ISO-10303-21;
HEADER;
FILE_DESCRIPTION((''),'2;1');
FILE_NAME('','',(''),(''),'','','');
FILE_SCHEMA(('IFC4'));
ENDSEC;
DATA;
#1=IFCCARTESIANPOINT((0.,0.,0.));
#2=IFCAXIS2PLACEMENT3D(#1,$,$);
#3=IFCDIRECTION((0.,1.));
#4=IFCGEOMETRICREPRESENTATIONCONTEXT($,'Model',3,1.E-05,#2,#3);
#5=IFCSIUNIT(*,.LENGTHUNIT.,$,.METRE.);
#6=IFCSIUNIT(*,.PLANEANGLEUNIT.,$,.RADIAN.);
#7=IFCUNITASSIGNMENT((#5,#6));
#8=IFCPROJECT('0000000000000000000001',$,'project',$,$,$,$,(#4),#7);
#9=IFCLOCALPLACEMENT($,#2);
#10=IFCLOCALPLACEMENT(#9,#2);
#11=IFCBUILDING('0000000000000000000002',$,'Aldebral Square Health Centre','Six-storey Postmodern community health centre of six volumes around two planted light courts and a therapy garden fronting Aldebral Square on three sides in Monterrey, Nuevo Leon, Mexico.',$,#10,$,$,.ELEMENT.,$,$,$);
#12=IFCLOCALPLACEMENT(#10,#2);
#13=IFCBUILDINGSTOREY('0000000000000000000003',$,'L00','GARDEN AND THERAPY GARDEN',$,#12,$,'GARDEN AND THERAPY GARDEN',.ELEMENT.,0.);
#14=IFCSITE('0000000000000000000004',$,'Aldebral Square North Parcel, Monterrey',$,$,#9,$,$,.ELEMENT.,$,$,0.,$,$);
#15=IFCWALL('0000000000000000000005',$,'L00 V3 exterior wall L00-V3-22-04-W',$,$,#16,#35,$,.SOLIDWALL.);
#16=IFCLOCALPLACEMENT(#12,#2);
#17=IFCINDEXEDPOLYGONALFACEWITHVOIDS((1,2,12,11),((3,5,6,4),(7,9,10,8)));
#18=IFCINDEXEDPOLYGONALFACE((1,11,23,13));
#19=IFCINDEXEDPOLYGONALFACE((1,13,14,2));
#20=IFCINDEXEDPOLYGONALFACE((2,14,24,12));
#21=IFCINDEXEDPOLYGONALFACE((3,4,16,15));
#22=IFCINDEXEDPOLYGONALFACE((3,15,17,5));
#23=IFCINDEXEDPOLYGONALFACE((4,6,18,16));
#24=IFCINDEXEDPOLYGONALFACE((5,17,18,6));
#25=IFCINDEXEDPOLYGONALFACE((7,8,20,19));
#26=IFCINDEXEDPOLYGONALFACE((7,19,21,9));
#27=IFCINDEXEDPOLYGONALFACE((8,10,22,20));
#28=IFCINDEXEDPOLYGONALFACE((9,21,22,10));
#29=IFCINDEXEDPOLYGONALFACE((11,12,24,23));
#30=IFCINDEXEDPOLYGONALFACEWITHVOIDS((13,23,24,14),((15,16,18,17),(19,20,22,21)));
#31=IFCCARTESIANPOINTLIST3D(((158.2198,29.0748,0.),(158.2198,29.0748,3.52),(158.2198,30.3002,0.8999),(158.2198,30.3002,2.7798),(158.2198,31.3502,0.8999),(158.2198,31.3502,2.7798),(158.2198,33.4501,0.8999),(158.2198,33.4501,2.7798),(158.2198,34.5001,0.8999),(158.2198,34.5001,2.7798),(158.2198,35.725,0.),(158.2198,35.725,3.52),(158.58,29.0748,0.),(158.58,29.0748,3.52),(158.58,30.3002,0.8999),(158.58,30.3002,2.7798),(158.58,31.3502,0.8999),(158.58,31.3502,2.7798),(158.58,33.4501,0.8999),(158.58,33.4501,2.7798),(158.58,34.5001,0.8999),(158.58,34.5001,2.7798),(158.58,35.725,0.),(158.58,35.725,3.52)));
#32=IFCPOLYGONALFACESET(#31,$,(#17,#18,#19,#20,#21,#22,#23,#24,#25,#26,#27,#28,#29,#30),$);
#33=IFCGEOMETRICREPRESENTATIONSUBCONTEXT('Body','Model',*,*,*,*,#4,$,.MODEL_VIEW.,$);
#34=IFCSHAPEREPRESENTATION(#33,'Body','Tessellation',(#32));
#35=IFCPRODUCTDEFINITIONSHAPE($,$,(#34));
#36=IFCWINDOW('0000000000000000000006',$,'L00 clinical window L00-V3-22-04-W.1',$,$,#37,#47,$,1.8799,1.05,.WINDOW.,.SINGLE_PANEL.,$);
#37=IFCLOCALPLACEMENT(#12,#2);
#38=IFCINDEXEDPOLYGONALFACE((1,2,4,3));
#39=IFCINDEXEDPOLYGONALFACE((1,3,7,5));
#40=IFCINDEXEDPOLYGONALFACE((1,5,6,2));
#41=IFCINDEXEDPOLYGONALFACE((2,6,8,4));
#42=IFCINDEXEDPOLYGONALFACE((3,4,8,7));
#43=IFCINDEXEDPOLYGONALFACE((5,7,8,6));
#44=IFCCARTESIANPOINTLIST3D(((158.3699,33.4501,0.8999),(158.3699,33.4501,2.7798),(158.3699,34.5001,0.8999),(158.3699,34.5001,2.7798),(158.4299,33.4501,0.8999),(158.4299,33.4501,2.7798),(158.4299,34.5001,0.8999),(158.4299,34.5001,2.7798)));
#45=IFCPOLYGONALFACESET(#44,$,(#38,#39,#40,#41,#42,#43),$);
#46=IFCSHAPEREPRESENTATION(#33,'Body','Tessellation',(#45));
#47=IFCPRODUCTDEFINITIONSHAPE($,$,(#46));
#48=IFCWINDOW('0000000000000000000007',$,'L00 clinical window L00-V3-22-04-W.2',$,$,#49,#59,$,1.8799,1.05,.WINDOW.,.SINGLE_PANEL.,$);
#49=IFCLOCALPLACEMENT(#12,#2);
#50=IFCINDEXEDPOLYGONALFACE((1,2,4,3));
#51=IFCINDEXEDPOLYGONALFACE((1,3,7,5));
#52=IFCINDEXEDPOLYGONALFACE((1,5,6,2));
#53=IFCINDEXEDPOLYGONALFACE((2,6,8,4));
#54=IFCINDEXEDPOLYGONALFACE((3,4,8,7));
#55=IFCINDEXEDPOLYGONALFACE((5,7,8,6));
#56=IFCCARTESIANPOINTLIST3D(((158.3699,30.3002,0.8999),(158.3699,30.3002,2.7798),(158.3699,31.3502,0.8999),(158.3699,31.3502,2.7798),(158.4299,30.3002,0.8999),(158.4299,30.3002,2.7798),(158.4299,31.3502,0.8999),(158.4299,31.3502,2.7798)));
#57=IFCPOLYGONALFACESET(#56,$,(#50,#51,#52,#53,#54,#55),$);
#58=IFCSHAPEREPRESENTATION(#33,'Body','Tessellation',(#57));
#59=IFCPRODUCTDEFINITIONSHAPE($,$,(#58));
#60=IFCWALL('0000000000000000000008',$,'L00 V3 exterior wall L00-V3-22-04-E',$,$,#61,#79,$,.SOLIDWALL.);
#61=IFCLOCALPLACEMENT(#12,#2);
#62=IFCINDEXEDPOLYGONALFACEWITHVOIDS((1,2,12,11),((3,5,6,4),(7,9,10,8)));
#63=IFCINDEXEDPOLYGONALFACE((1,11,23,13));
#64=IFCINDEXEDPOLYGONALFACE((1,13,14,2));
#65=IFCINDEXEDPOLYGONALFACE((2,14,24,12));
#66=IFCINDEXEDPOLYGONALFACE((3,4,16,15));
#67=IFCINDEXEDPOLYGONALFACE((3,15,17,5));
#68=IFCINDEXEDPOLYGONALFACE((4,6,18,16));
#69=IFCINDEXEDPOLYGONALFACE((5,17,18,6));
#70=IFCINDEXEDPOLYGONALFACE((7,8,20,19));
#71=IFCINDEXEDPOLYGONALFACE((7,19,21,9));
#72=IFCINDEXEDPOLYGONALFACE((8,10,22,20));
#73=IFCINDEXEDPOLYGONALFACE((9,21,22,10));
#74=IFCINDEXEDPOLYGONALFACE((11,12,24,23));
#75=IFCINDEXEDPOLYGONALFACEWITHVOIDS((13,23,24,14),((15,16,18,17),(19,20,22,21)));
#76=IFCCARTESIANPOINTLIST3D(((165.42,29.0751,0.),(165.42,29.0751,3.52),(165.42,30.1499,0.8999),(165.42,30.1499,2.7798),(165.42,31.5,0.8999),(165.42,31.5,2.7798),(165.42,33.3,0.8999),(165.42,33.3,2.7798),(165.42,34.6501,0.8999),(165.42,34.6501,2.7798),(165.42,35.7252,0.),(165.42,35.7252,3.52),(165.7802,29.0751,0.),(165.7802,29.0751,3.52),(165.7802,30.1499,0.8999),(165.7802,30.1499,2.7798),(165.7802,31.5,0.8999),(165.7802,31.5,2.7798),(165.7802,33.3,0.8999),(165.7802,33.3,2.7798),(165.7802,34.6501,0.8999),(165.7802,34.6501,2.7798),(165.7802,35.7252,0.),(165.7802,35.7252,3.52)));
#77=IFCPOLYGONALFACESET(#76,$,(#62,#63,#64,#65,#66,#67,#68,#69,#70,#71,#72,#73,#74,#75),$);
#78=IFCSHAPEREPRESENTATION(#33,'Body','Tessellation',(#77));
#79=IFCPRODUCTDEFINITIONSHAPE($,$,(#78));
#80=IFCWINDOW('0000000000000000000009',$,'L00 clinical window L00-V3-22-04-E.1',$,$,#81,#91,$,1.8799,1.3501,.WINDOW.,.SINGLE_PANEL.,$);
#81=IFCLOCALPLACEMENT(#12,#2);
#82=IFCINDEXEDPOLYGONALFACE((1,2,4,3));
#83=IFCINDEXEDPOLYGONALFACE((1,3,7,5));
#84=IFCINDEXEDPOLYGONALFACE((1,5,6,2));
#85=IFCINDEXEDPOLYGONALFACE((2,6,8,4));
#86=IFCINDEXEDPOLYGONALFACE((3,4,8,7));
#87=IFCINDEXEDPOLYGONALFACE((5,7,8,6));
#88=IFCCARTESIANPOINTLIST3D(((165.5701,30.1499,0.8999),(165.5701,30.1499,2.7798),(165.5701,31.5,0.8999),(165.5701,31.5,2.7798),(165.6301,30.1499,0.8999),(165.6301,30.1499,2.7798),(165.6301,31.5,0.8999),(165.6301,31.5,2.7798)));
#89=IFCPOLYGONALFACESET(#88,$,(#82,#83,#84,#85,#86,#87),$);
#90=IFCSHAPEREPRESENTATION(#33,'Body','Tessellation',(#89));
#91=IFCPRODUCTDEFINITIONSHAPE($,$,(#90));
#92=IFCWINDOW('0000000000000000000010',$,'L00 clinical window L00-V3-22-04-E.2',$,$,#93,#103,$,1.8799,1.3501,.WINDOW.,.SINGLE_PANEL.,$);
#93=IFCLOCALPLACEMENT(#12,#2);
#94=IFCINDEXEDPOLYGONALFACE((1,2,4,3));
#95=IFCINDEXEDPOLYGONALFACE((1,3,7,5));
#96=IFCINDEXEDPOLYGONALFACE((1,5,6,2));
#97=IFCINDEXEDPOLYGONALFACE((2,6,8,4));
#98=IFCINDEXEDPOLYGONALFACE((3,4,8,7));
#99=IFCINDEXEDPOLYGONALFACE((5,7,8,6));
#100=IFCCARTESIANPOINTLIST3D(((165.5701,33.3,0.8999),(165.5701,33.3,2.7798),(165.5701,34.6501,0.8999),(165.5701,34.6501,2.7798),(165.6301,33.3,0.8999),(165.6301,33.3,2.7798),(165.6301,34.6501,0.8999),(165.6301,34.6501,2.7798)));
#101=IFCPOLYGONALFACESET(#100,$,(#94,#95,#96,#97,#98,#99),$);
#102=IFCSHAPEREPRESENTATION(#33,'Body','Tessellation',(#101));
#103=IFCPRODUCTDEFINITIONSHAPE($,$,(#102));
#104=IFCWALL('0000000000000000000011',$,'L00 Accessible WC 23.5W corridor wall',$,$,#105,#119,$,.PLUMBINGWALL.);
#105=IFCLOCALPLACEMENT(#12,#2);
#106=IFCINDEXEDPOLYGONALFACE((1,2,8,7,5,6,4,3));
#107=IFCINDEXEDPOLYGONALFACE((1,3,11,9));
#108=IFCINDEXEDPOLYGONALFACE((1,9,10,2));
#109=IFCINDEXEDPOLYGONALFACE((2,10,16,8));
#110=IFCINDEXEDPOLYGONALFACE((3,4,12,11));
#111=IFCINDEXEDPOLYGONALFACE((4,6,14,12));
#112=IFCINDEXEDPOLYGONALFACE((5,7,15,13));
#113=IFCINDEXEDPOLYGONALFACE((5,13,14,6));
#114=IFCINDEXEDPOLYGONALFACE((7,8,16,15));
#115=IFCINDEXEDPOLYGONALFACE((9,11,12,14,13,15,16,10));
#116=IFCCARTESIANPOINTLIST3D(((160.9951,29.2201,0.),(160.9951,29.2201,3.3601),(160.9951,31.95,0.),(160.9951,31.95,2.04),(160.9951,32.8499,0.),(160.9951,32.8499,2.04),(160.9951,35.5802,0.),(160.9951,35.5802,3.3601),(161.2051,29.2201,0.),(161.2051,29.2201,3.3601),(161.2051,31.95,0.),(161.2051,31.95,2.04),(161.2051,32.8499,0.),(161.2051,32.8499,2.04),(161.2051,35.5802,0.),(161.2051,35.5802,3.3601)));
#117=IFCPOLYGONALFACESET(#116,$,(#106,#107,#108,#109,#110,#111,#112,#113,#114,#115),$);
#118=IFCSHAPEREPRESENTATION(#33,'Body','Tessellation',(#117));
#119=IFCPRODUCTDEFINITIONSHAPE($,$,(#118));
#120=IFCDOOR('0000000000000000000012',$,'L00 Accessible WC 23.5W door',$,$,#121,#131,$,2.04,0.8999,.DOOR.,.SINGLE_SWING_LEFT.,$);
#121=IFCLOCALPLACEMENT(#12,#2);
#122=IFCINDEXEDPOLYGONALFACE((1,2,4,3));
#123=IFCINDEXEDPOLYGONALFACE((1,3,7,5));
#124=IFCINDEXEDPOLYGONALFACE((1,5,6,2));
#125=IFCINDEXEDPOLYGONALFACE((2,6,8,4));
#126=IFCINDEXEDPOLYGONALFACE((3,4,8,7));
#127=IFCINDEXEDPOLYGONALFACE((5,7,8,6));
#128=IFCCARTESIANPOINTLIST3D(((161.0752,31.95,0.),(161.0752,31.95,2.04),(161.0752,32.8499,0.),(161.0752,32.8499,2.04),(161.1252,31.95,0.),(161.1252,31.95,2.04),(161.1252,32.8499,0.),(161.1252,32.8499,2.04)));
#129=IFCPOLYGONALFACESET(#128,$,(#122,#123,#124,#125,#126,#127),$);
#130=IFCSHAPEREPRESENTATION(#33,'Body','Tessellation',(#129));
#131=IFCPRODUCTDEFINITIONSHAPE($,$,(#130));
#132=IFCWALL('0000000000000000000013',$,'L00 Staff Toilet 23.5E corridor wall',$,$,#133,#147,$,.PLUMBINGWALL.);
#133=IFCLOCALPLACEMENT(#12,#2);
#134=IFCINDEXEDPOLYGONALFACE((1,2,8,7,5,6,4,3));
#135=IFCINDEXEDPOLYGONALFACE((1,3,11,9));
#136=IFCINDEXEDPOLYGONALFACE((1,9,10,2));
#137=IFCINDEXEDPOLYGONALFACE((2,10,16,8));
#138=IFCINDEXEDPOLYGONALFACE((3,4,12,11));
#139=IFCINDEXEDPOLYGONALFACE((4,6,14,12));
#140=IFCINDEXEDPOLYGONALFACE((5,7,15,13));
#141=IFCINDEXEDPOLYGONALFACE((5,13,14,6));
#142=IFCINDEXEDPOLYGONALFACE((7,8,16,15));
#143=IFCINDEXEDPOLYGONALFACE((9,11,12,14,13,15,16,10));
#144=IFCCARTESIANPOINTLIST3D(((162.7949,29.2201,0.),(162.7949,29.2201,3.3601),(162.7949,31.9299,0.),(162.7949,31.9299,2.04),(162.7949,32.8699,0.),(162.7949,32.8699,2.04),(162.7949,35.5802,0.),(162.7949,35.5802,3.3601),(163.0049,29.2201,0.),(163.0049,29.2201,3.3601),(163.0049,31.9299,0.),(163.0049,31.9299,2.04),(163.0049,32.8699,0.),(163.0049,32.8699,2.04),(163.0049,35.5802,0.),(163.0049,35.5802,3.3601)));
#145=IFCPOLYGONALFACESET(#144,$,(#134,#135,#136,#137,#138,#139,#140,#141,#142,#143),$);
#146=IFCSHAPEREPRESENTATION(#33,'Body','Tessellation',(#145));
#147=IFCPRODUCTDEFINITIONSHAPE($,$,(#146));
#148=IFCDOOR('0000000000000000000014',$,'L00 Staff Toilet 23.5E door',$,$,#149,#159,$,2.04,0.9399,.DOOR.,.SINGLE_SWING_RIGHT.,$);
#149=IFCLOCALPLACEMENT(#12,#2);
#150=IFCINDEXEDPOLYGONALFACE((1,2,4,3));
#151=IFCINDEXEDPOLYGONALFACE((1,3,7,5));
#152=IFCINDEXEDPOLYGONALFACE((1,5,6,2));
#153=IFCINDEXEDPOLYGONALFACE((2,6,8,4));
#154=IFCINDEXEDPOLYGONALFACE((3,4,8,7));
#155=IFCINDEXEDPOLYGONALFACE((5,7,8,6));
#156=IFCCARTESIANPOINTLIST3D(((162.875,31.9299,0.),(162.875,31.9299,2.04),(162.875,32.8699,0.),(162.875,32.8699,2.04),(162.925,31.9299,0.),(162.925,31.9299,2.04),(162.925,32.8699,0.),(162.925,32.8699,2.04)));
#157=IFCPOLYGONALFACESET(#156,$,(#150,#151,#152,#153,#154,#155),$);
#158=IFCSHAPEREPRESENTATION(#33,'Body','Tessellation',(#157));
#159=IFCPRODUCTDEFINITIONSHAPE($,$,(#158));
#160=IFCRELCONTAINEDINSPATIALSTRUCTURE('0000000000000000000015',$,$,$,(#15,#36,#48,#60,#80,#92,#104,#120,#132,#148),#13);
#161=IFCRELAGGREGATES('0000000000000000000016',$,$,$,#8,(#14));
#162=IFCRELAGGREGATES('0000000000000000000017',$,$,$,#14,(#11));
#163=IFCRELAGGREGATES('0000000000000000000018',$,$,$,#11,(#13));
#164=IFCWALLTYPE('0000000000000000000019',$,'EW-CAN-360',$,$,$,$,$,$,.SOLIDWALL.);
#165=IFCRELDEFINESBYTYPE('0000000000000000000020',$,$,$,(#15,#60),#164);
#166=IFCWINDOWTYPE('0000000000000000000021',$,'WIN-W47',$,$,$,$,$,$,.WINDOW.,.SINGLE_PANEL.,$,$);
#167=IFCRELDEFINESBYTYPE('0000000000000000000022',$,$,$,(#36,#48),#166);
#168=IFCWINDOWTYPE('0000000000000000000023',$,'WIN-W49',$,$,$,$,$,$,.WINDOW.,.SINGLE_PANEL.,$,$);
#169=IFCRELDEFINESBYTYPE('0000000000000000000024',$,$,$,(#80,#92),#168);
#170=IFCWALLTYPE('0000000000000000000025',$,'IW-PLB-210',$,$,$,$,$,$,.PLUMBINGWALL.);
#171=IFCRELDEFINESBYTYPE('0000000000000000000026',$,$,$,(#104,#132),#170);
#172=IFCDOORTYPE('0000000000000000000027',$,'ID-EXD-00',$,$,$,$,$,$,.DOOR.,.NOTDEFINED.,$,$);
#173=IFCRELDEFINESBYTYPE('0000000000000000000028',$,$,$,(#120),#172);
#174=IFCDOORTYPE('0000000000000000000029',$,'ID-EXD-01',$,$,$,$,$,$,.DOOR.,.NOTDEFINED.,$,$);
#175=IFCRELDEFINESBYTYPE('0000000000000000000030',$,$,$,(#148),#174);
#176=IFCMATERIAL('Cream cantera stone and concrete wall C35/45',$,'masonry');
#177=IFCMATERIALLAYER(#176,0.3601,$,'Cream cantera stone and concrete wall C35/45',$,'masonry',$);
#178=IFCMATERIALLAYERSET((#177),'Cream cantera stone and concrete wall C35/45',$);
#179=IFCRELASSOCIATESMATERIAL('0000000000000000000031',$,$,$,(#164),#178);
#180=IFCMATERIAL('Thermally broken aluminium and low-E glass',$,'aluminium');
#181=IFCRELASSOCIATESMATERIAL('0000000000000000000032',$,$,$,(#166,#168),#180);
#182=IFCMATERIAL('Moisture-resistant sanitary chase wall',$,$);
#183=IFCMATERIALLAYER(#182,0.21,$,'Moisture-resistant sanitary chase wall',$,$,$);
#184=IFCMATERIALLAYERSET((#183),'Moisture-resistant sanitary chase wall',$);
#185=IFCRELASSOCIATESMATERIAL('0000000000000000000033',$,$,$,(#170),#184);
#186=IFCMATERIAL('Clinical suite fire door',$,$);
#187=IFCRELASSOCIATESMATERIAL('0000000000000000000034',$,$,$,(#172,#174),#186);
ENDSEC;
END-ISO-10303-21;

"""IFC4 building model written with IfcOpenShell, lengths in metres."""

from ifc_helpers import new_model, si_unit, direction, frame, frame_2d, origin, place, context, subcontext, project, spatial, rectangle, extrude, material, layer, layer_set, type_object, element, fill, save


model = new_model("IFC4")

# Units and contexts
model_context = context("Model", 3, precision=1e-05, world=origin(), true_north=direction((0.0, 1.0)))
body_context = subcontext(model_context, "Body", "Model", "MODEL_VIEW")
ifc_project = project(units=[si_unit("LENGTHUNIT", "METRE"), si_unit("PLANEANGLEUNIT", "RADIAN")], contexts=[model_context])

# Site, building, storey
site_placement = place(None, origin())
site = spatial("IfcSite", under=ifc_project, at=site_placement, Name="Aldebral Square North Parcel, Monterrey", CompositionType="ELEMENT", RefElevation=0.0)
building_placement = place(site_placement, origin())
building = spatial("IfcBuilding", under=site, at=building_placement, Name="Aldebral Square Health Centre", Description="Six-storey Postmodern community health centre of six volumes around two planted light courts and a therapy garden fronting Aldebral Square on three sides in Monterrey, Nuevo Leon, Mexico.", CompositionType="ELEMENT")
storey_placement = place(building_placement, origin())
storey = spatial("IfcBuildingStorey", under=building, at=storey_placement, Name="L00", Description="GARDEN AND THERAPY GARDEN", LongName="GARDEN AND THERAPY GARDEN", CompositionType="ELEMENT", Elevation=0.0)

# Walls, openings, windows
ifc_material_1 = material(Name="Cream cantera stone and concrete wall C35/45", Category="masonry")
ifc_layer_1 = layer(ifc_material_1, 0.3601, Name="Cream cantera stone and concrete wall C35/45", Category="masonry")
ifc_layer_set_1 = layer_set([ifc_layer_1], Name="Cream cantera stone and concrete wall C35/45")
wall_type_1 = type_object("IfcWallType", Name="EW-CAN-360", PredefinedType="SOLIDWALL", material=ifc_layer_set_1)
wall_1_placement = place(storey_placement, frame((158.3999, 35.7251, 0.0), z_axis=(0.0, 0.0, 1.0), x_axis=(0.0, -1.0, 0.0)))
wall_1 = element("IfcWall", 1, at=wall_1_placement, inside=storey, type_object=wall_type_1, Name="L00 V3 exterior wall L00-V3-22-04-W", PredefinedType="SOLIDWALL", context=body_context, shape_type="SweptSolid", body=[
    extrude(rectangle(XDim=6.6501, YDim=0.3601, at=frame_2d((3.3252, 0.0))), origin(), (0.0, 0.0, 1.0), 3.52),
])
opening_1_placement = place(wall_1_placement, frame((1.2251, 0.0, 0.8999)))
opening_1 = element("IfcOpeningElement", 2, at=opening_1_placement, cuts=wall_1, PredefinedType="OPENING", context=body_context, shape_type="SweptSolid", body=[
    extrude(rectangle(XDim=1.05, YDim=1.8799, at=frame_2d((0.5249, 0.9399))), frame((0.0, 0.1899, 0.0), z_axis=(0.0, -1.0, 0.0), x_axis=(1.0, 0.0, 0.0)), (0.0, 0.0, 1.0), 0.3801),
])
opening_2_placement = place(wall_1_placement, frame((4.375, 0.0, 0.8999)))
opening_2 = element("IfcOpeningElement", 3, at=opening_2_placement, cuts=wall_1, PredefinedType="OPENING", context=body_context, shape_type="SweptSolid", body=[
    extrude(rectangle(XDim=1.05, YDim=1.8799, at=frame_2d((0.5249, 0.9399))), frame((0.0, 0.1899, 0.0), z_axis=(0.0, -1.0, 0.0), x_axis=(1.0, 0.0, 0.0)), (0.0, 0.0, 1.0), 0.3801),
])
ifc_material_2 = material(Name="Thermally broken aluminium and low-E glass", Category="aluminium")
window_type_1 = type_object("IfcWindowType", Name="WIN-W47", PartitioningType="SINGLE_PANEL", PredefinedType="WINDOW", material=ifc_material_2)
window_1_placement = place(opening_1_placement, origin())
window_1 = element("IfcWindow", 4, at=window_1_placement, inside=storey, type_object=window_type_1, Name="L00 clinical window L00-V3-22-04-W.1", OverallHeight=1.8799, OverallWidth=1.05, PartitioningType="SINGLE_PANEL", PredefinedType="WINDOW", context=body_context, shape_type="SweptSolid", body=[
    extrude(rectangle(XDim=1.05, YDim=1.8799, at=frame_2d((0.5249, 0.9399))), frame((0.0, 0.03, 0.0), z_axis=(0.0, -1.0, 0.0), x_axis=(1.0, 0.0, 0.0)), (0.0, 0.0, 1.0), 0.0601),
])
fill(opening_1, window_1)
window_2_placement = place(opening_2_placement, origin())
window_2 = element("IfcWindow", 5, at=window_2_placement, inside=storey, type_object=window_type_1, Name="L00 clinical window L00-V3-22-04-W.2", OverallHeight=1.8799, OverallWidth=1.05, PartitioningType="SINGLE_PANEL", PredefinedType="WINDOW", context=body_context, shape_type="SweptSolid", body=[
    extrude(rectangle(XDim=1.05, YDim=1.8799, at=frame_2d((0.5249, 0.9399))), frame((0.0, 0.03, 0.0), z_axis=(0.0, -1.0, 0.0), x_axis=(1.0, 0.0, 0.0)), (0.0, 0.0, 1.0), 0.0601),
])
fill(opening_2, window_2)
wall_2_placement = place(storey_placement, frame((165.6001, 29.075, 0.0), z_axis=(0.0, 0.0, 1.0), x_axis=(0.0, 1.0, 0.0)))
wall_2 = element("IfcWall", 6, at=wall_2_placement, inside=storey, type_object=wall_type_1, Name="L00 V3 exterior wall L00-V3-22-04-E", PredefinedType="SOLIDWALL", context=body_context, shape_type="SweptSolid", body=[
    extrude(rectangle(XDim=6.6501, YDim=0.3601, at=frame_2d((3.3252, 0.0))), origin(), (0.0, 0.0, 1.0), 3.52),
])
opening_3_placement = place(wall_2_placement, frame((1.075, 0.0, 0.8999)))
opening_3 = element("IfcOpeningElement", 7, at=opening_3_placement, cuts=wall_2, PredefinedType="OPENING", context=body_context, shape_type="SweptSolid", body=[
    extrude(rectangle(XDim=1.3501, YDim=1.8799, at=frame_2d((0.675, 0.9399))), frame((0.0, 0.1899, 0.0), z_axis=(0.0, -1.0, 0.0), x_axis=(1.0, 0.0, 0.0)), (0.0, 0.0, 1.0), 0.3801),
])
opening_4_placement = place(wall_2_placement, frame((4.2251, 0.0, 0.8999)))
opening_4 = element("IfcOpeningElement", 8, at=opening_4_placement, cuts=wall_2, PredefinedType="OPENING", context=body_context, shape_type="SweptSolid", body=[
    extrude(rectangle(XDim=1.3501, YDim=1.8799, at=frame_2d((0.675, 0.9399))), frame((0.0, 0.1899, 0.0), z_axis=(0.0, -1.0, 0.0), x_axis=(1.0, 0.0, 0.0)), (0.0, 0.0, 1.0), 0.3801),
])
window_type_2 = type_object("IfcWindowType", Name="WIN-W49", PartitioningType="SINGLE_PANEL", PredefinedType="WINDOW", material=ifc_material_2)
window_3_placement = place(opening_3_placement, origin())
window_3 = element("IfcWindow", 9, at=window_3_placement, inside=storey, type_object=window_type_2, Name="L00 clinical window L00-V3-22-04-E.1", OverallHeight=1.8799, OverallWidth=1.3501, PartitioningType="SINGLE_PANEL", PredefinedType="WINDOW", context=body_context, shape_type="SweptSolid", body=[
    extrude(rectangle(XDim=1.3501, YDim=1.8799, at=frame_2d((0.675, 0.9399))), frame((0.0, 0.03, 0.0), z_axis=(0.0, -1.0, 0.0), x_axis=(1.0, 0.0, 0.0)), (0.0, 0.0, 1.0), 0.0601),
])
fill(opening_3, window_3)
window_4_placement = place(opening_4_placement, origin())
window_4 = element("IfcWindow", 10, at=window_4_placement, inside=storey, type_object=window_type_2, Name="L00 clinical window L00-V3-22-04-E.2", OverallHeight=1.8799, OverallWidth=1.3501, PartitioningType="SINGLE_PANEL", PredefinedType="WINDOW", context=body_context, shape_type="SweptSolid", body=[
    extrude(rectangle(XDim=1.3501, YDim=1.8799, at=frame_2d((0.675, 0.9399))), frame((0.0, 0.03, 0.0), z_axis=(0.0, -1.0, 0.0), x_axis=(1.0, 0.0, 0.0)), (0.0, 0.0, 1.0), 0.0601),
])
fill(opening_4, window_4)

# Walls, openings, doors
ifc_material_3 = material(Name="Moisture-resistant sanitary chase wall")
ifc_layer_2 = layer(ifc_material_3, 0.21, Name="Moisture-resistant sanitary chase wall")
ifc_layer_set_2 = layer_set([ifc_layer_2], Name="Moisture-resistant sanitary chase wall")
wall_type_2 = type_object("IfcWallType", Name="IW-PLB-210", PredefinedType="PLUMBINGWALL", material=ifc_layer_set_2)
wall_3_placement = place(storey_placement, frame((161.1001, 29.22, 0.0), z_axis=(0.0, 0.0, 1.0), x_axis=(0.0, 1.0, 0.0)))
wall_3 = element("IfcWall", 11, at=wall_3_placement, inside=storey, type_object=wall_type_2, Name="L00 Accessible WC 23.5W corridor wall", PredefinedType="PLUMBINGWALL", context=body_context, shape_type="SweptSolid", body=[
    extrude(rectangle(XDim=6.3601, YDim=0.21, at=frame_2d((3.1802, 0.0))), origin(), (0.0, 0.0, 1.0), 3.3601),
])
opening_5_placement = place(wall_3_placement, frame((2.73, 0.0, 0.0)))
opening_5 = element("IfcOpeningElement", 12, at=opening_5_placement, cuts=wall_3, PredefinedType="OPENING", context=body_context, shape_type="SweptSolid", body=[
    extrude(rectangle(XDim=0.8999, YDim=2.04, at=frame_2d((0.45, 1.02))), frame((0.0, 0.115, 0.0), z_axis=(0.0, -1.0, 0.0), x_axis=(1.0, 0.0, 0.0)), (0.0, 0.0, 1.0), 0.23),
])
ifc_material_4 = material(Name="Clinical suite fire door")
door_type_1 = type_object("IfcDoorType", Name="ID-EXD-00", OperationType="NOTDEFINED", PredefinedType="DOOR", material=ifc_material_4)
door_1_placement = place(opening_5_placement, origin())
door_1 = element("IfcDoor", 13, at=door_1_placement, inside=storey, type_object=door_type_1, Name="L00 Accessible WC 23.5W door", OperationType="SINGLE_SWING_LEFT", OverallHeight=2.04, OverallWidth=0.8999, PredefinedType="DOOR", context=body_context, shape_type="SweptSolid", body=[
    extrude(rectangle(XDim=0.8999, YDim=2.04, at=frame_2d((0.45, 1.02))), frame((0.0, 0.0249, 0.0), z_axis=(0.0, -1.0, 0.0), x_axis=(1.0, 0.0, 0.0)), (0.0, 0.0, 1.0), 0.05),
])
fill(opening_5, door_1)
wall_4_placement = place(storey_placement, frame((162.8999, 29.22, 0.0), z_axis=(0.0, 0.0, 1.0), x_axis=(0.0, 1.0, 0.0)))
wall_4 = element("IfcWall", 14, at=wall_4_placement, inside=storey, type_object=wall_type_2, Name="L00 Staff Toilet 23.5E corridor wall", PredefinedType="PLUMBINGWALL", context=body_context, shape_type="SweptSolid", body=[
    extrude(rectangle(XDim=6.3601, YDim=0.21, at=frame_2d((3.1802, 0.0))), origin(), (0.0, 0.0, 1.0), 3.3601),
])
opening_6_placement = place(wall_4_placement, frame((2.71, 0.0, 0.0)))
opening_6 = element("IfcOpeningElement", 15, at=opening_6_placement, cuts=wall_4, PredefinedType="OPENING", context=body_context, shape_type="SweptSolid", body=[
    extrude(rectangle(XDim=0.9399, YDim=2.04, at=frame_2d((0.47, 1.02))), frame((0.0, 0.115, 0.0), z_axis=(0.0, -1.0, 0.0), x_axis=(1.0, 0.0, 0.0)), (0.0, 0.0, 1.0), 0.23),
])
door_type_2 = type_object("IfcDoorType", Name="ID-EXD-01", OperationType="NOTDEFINED", PredefinedType="DOOR", material=ifc_material_4)
door_2_placement = place(opening_6_placement, origin())
door_2 = element("IfcDoor", 16, at=door_2_placement, inside=storey, type_object=door_type_2, Name="L00 Staff Toilet 23.5E door", OperationType="SINGLE_SWING_RIGHT", OverallHeight=2.04, OverallWidth=0.9399, PredefinedType="DOOR", context=body_context, shape_type="SweptSolid", body=[
    extrude(rectangle(XDim=0.9399, YDim=2.04, at=frame_2d((0.47, 1.02))), frame((0.0, 0.0249, 0.0), z_axis=(0.0, -1.0, 0.0), x_axis=(1.0, 0.0, 0.0)), (0.0, 0.0, 1.0), 0.05),
])
fill(opening_6, door_2)

save(model, "model.ifc")
